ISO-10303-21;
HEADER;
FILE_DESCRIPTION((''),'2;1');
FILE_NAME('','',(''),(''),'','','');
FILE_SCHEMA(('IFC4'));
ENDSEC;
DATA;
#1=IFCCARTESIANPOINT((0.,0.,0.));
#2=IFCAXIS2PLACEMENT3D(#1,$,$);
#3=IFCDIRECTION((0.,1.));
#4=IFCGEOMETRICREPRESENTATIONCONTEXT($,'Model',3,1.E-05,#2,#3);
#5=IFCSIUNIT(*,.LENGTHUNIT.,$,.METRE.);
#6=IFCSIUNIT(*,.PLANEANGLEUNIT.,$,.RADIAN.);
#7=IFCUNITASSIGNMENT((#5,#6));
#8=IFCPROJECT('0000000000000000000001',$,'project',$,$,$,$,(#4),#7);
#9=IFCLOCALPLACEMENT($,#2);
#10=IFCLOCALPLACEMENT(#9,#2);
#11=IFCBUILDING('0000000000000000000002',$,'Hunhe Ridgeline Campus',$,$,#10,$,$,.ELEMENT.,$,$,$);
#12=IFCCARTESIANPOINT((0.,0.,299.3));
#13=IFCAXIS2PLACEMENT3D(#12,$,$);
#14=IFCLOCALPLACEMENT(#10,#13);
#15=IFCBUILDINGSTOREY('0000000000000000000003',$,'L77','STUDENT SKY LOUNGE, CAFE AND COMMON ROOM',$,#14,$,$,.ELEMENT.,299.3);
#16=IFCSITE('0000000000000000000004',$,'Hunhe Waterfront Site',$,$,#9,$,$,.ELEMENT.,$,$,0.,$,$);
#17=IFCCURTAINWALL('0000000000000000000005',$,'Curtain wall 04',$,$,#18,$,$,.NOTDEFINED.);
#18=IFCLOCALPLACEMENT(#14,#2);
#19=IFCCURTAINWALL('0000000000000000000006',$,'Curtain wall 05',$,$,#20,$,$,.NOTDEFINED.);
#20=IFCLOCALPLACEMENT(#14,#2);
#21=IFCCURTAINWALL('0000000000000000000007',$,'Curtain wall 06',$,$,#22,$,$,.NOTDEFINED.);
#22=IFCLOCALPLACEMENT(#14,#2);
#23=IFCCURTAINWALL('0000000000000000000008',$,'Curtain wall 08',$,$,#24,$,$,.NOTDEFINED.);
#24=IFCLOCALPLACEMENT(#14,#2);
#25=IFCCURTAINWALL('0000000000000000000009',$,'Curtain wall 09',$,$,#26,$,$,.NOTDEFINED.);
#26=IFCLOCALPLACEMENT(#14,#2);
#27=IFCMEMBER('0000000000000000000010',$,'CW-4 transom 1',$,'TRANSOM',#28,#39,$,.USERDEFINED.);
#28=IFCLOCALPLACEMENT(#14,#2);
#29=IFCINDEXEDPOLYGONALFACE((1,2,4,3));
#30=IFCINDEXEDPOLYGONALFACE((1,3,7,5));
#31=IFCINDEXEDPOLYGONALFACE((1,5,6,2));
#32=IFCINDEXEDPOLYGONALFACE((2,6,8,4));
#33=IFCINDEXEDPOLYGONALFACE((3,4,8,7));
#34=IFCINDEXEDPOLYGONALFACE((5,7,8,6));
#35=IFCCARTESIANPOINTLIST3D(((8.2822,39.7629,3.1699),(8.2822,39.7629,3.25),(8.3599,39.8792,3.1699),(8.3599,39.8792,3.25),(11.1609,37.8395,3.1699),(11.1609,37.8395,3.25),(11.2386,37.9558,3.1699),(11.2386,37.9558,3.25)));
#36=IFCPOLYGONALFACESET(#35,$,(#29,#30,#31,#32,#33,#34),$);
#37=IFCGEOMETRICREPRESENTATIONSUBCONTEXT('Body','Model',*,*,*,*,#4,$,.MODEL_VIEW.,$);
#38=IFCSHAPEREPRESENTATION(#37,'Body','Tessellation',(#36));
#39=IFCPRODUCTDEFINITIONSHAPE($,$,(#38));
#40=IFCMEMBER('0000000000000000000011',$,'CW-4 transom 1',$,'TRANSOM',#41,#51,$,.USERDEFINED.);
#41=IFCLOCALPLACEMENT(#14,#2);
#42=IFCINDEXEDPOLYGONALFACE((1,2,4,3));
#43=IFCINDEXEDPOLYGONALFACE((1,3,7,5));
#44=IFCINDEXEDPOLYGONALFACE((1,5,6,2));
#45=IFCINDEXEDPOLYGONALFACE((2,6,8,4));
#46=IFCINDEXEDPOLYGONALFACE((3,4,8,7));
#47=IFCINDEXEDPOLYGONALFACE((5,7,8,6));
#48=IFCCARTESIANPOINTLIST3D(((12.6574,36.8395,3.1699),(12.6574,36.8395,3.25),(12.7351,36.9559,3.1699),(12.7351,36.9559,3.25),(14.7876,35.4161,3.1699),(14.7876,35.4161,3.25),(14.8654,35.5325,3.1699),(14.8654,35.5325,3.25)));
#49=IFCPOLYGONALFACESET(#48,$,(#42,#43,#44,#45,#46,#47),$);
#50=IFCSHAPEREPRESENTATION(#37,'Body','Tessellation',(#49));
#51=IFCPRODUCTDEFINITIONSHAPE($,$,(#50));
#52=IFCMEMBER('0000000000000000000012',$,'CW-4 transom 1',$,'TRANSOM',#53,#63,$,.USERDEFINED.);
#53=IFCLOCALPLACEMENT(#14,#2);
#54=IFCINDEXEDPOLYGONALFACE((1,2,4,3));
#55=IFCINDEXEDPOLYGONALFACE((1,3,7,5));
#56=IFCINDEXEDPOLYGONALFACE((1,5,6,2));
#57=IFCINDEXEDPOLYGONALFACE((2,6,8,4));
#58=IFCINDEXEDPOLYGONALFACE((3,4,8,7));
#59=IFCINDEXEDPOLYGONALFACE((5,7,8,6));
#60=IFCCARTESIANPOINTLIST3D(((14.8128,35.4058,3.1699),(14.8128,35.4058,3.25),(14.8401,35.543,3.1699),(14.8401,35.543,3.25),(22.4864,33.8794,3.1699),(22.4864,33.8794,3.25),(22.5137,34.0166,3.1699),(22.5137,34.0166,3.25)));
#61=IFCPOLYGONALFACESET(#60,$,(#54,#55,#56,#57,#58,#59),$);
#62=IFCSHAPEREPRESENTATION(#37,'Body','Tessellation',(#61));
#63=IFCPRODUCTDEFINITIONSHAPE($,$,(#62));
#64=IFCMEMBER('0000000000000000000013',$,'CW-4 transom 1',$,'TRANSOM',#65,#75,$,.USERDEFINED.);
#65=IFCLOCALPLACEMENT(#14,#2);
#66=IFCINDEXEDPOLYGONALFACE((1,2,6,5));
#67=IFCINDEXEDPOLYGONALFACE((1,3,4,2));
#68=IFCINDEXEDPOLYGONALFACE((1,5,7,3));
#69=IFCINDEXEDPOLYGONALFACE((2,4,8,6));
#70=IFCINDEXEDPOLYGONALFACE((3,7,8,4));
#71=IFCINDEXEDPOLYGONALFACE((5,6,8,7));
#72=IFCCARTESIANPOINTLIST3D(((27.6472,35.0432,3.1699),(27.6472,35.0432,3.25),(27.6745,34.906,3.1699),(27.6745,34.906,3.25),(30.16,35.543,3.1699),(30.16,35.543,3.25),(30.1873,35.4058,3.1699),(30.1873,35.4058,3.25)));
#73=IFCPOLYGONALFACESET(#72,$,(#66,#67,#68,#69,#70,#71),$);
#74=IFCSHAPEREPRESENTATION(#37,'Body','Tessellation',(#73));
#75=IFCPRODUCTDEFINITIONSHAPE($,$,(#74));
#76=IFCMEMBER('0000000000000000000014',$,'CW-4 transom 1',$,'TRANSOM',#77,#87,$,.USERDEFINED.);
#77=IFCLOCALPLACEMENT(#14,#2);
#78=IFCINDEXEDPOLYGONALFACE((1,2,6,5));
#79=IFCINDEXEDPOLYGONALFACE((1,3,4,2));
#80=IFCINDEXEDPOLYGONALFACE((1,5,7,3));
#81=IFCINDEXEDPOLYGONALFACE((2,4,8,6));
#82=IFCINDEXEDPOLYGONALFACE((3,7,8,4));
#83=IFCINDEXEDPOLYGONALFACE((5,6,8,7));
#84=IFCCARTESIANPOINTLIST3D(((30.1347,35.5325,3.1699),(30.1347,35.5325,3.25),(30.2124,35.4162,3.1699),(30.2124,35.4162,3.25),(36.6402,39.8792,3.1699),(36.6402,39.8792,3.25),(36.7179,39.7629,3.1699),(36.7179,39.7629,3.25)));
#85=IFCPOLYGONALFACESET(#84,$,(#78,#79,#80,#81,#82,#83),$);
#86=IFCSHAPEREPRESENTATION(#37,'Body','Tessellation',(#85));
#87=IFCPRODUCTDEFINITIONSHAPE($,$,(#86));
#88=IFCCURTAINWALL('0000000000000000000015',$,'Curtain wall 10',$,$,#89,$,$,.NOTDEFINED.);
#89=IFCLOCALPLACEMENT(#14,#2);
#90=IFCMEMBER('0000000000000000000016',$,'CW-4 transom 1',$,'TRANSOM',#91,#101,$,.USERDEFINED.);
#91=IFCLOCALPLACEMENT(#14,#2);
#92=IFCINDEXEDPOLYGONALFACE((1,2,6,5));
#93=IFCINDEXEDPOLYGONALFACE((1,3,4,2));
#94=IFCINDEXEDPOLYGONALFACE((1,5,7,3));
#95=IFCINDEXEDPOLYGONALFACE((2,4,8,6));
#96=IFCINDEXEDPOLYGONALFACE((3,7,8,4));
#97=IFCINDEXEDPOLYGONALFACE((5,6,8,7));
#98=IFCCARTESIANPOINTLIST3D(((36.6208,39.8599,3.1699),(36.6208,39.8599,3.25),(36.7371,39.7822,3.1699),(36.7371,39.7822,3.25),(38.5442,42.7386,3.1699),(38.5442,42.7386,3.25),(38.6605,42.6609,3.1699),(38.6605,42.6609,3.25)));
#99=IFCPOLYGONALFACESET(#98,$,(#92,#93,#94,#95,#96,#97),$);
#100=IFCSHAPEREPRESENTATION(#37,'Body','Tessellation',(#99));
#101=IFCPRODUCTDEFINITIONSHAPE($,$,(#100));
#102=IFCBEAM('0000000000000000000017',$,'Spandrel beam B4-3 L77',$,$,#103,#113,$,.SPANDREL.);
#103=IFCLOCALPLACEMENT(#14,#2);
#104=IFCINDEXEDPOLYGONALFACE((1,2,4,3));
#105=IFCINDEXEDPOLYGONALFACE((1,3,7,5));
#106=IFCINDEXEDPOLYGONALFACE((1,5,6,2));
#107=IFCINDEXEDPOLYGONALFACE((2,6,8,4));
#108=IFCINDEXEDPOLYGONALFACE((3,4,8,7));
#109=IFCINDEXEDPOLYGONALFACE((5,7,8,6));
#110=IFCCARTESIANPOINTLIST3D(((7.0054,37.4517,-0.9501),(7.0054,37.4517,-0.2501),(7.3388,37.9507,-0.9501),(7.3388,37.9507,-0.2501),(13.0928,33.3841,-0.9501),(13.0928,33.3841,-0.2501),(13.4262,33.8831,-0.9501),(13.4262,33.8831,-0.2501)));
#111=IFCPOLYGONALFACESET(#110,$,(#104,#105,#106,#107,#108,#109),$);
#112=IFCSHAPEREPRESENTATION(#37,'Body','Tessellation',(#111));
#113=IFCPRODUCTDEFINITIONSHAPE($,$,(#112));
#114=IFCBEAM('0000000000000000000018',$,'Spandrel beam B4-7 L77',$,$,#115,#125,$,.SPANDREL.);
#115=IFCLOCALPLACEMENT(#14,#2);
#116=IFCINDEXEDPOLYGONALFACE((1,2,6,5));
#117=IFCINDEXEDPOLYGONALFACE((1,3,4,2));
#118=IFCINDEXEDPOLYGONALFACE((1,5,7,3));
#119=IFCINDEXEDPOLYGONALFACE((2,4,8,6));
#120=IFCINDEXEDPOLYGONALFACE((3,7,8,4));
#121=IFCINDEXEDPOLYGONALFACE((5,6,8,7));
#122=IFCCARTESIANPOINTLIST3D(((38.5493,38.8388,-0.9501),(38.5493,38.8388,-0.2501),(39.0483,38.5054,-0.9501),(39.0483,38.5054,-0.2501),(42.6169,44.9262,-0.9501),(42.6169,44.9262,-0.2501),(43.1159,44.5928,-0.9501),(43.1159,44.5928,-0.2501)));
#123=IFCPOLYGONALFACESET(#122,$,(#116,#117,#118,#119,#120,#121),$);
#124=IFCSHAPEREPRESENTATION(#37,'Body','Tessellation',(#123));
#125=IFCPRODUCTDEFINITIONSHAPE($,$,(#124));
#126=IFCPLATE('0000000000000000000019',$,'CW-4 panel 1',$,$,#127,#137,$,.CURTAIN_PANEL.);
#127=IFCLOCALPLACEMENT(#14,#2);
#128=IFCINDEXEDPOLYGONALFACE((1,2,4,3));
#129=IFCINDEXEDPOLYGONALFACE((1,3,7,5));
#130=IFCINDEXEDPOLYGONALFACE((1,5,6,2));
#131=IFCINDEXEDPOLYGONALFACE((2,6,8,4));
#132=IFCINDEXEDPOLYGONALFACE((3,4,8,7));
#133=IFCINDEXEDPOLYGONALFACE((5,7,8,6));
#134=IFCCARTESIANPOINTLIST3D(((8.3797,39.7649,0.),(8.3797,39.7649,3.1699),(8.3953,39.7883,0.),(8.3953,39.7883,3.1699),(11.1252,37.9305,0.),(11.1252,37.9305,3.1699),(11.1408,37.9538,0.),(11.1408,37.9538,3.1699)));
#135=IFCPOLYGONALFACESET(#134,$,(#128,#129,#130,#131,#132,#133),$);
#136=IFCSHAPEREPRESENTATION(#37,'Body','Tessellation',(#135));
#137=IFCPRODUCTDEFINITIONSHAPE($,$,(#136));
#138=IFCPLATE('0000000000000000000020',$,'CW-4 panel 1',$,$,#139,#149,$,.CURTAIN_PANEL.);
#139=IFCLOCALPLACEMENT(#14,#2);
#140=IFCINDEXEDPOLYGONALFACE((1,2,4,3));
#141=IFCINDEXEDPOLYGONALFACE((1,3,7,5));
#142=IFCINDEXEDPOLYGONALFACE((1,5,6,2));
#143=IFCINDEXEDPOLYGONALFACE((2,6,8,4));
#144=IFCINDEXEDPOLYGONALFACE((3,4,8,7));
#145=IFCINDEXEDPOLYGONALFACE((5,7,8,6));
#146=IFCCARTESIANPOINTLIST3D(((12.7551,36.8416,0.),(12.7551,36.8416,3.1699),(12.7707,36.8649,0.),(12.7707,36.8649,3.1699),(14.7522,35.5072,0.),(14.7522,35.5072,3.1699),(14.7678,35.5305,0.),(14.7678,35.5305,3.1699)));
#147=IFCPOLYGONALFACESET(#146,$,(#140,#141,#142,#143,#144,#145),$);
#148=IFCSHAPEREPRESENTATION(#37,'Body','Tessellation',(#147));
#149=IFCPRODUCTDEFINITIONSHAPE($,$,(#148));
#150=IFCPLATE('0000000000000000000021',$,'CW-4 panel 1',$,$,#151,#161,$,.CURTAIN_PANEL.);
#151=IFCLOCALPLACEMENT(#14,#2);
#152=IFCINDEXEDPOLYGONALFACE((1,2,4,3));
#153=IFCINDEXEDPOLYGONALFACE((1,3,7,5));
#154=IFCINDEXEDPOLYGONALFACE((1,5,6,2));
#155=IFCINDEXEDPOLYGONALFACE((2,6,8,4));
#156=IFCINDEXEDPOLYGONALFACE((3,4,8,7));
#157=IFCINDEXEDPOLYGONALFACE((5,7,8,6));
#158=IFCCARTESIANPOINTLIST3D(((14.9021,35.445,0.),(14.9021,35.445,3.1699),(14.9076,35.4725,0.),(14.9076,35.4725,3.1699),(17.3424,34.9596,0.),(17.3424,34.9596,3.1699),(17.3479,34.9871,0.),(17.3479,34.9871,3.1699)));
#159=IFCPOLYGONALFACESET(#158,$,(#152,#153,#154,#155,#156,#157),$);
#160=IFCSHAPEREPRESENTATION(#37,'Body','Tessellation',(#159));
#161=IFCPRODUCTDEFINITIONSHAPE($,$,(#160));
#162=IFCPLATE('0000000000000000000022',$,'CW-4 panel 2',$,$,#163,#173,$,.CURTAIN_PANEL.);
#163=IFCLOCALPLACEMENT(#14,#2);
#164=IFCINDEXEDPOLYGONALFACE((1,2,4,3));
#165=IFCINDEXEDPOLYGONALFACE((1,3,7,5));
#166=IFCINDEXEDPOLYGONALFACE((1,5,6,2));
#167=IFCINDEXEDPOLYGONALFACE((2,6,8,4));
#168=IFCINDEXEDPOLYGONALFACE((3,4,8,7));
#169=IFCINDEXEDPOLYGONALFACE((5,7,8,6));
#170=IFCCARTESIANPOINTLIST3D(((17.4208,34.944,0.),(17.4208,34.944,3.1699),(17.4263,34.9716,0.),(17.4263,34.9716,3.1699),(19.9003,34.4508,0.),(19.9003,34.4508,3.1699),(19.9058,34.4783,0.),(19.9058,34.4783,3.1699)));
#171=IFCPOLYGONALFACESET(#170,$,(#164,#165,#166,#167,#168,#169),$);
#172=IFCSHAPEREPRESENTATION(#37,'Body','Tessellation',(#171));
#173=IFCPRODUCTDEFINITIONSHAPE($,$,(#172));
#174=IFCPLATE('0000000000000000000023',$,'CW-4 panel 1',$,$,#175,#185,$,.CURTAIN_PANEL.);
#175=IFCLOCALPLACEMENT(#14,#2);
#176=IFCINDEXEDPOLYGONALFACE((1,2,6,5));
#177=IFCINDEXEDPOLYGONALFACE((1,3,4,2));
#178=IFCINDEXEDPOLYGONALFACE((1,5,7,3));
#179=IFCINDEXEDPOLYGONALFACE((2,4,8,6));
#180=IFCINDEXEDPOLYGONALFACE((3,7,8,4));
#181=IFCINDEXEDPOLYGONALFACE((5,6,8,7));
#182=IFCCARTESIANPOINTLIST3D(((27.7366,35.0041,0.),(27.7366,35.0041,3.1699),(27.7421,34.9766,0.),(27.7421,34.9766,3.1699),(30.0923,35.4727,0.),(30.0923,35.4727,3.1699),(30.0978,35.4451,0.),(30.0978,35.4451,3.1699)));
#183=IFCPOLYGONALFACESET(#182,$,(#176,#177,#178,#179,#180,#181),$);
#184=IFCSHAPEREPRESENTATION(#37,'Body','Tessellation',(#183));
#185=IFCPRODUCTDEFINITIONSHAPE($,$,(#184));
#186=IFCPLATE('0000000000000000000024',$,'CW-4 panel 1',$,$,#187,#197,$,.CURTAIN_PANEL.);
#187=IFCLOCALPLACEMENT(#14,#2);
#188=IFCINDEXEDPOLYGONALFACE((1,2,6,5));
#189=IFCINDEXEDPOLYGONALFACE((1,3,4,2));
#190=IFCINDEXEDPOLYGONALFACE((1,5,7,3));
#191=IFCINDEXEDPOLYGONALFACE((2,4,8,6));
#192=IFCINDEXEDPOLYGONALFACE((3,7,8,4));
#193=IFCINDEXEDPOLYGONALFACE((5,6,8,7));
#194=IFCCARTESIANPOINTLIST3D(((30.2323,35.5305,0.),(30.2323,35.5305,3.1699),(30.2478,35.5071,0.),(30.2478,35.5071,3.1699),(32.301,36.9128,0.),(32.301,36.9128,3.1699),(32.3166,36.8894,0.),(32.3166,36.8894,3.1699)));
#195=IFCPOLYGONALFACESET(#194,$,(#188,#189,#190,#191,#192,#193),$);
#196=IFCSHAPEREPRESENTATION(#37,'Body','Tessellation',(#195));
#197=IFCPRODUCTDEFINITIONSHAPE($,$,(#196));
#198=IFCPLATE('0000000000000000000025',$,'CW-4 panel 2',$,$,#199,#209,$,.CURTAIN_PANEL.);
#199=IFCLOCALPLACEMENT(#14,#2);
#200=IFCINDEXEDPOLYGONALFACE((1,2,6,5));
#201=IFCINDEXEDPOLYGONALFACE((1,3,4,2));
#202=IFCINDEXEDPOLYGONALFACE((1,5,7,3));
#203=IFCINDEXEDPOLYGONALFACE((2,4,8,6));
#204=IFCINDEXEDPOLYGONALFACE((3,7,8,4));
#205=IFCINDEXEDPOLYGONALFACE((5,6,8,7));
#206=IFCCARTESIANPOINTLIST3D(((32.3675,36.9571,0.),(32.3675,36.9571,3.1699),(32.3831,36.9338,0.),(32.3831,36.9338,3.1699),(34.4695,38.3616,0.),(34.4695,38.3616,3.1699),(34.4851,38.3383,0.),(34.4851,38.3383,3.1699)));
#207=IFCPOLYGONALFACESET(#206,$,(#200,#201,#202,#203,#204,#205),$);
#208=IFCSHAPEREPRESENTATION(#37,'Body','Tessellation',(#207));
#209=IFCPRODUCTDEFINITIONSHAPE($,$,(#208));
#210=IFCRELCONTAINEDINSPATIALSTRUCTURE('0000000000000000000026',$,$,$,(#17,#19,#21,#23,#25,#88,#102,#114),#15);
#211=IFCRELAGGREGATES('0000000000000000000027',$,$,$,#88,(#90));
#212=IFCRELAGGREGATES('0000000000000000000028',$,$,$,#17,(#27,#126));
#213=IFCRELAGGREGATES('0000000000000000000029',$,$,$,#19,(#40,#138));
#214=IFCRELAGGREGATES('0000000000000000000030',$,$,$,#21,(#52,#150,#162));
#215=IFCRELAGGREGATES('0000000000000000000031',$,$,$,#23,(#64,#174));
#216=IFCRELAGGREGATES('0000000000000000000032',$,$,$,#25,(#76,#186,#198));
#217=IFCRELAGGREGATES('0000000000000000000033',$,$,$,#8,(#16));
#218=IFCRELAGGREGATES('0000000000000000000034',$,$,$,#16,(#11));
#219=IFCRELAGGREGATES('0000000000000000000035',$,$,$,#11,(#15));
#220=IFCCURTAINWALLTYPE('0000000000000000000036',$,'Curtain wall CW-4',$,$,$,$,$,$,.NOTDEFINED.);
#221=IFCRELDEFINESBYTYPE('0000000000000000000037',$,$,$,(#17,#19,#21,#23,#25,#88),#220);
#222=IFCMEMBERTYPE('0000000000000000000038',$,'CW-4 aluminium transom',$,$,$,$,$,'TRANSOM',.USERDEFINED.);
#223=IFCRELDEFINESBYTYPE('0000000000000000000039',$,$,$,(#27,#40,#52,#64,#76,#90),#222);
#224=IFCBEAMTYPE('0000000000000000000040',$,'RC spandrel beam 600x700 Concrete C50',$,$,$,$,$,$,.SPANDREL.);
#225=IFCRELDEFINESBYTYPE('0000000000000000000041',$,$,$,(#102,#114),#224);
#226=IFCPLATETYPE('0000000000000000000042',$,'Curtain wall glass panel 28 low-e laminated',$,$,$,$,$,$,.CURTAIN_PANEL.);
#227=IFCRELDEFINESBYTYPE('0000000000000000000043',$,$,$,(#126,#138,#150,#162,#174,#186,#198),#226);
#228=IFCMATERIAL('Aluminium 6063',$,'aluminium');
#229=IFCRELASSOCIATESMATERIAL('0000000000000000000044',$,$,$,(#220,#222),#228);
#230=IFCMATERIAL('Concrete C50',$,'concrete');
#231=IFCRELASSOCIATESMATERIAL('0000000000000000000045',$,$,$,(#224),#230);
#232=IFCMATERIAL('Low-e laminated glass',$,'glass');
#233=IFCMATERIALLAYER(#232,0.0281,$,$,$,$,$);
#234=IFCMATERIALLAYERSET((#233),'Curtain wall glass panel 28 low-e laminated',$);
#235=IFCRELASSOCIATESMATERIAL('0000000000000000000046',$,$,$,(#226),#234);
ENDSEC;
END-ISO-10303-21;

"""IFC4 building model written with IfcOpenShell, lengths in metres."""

from ifc_helpers import new_model, si_unit, direction, frame, origin, origin_2d, place, context, subcontext, project, spatial, rectangle, extrude, material, layer, layer_set, material_profile, profile_set, type_object, element, aggregate, save


model = new_model("IFC4")

# Units and contexts
model_context = context("Model", 3, precision=1e-05, world=origin(), true_north=direction((0.0, 1.0)))
body_context = subcontext(model_context, "Body", "Model", "MODEL_VIEW")
ifc_project = project(units=[si_unit("LENGTHUNIT", "METRE"), si_unit("PLANEANGLEUNIT", "RADIAN")], contexts=[model_context])

# Site, building, storey
site_placement = place(None, origin())
site = spatial("IfcSite", under=ifc_project, at=site_placement, Name="Hunhe Waterfront Site", CompositionType="ELEMENT", RefElevation=0.0)
building_placement = place(site_placement, origin())
building = spatial("IfcBuilding", under=site, at=building_placement, Name="Hunhe Ridgeline Campus", CompositionType="ELEMENT")
storey_placement = place(building_placement, frame((0.0, 0.0, 299.3)))
storey = spatial("IfcBuildingStorey", under=building, at=storey_placement, Name="L77", Description="STUDENT SKY LOUNGE, CAFE AND COMMON ROOM", CompositionType="ELEMENT", Elevation=299.3)

# Shared definitions
ifc_material_1 = material(Name="Concrete C50", Category="concrete")

# Curtain walls
ifc_material_2 = material(Name="Aluminium 6063", Category="aluminium")
curtain_wall_type = type_object("IfcCurtainWallType", Name="Curtain wall CW-4", PredefinedType="NOTDEFINED", material=ifc_material_2)
curtain_wall_1_placement = place(storey_placement, origin())
curtain_wall_1 = element("IfcCurtainWall", 1, at=curtain_wall_1_placement, inside=storey, type_object=curtain_wall_type, Name="Curtain wall 04", PredefinedType="NOTDEFINED")
curtain_wall_2_placement = place(storey_placement, origin())
curtain_wall_2 = element("IfcCurtainWall", 2, at=curtain_wall_2_placement, inside=storey, type_object=curtain_wall_type, Name="Curtain wall 05", PredefinedType="NOTDEFINED")
curtain_wall_3_placement = place(storey_placement, origin())
curtain_wall_3 = element("IfcCurtainWall", 3, at=curtain_wall_3_placement, inside=storey, type_object=curtain_wall_type, Name="Curtain wall 06", PredefinedType="NOTDEFINED")
curtain_wall_4_placement = place(storey_placement, origin())
curtain_wall_4 = element("IfcCurtainWall", 4, at=curtain_wall_4_placement, inside=storey, type_object=curtain_wall_type, Name="Curtain wall 08", PredefinedType="NOTDEFINED")
curtain_wall_5_placement = place(storey_placement, origin())
curtain_wall_5 = element("IfcCurtainWall", 5, at=curtain_wall_5_placement, inside=storey, type_object=curtain_wall_type, Name="Curtain wall 09", PredefinedType="NOTDEFINED")

# Members
ifc_material_profile_1 = material_profile(ifc_material_2, rectangle(XDim=0.1399, YDim=0.0801, at=origin_2d()))
ifc_profile_set_1 = profile_set([ifc_material_profile_1], Name="Aluminium 6063")
member_type_1 = type_object("IfcMemberType", Name="CW-4 aluminium transom", ElementType="TRANSOM", PredefinedType="USERDEFINED", material=ifc_profile_set_1)
member_1_placement = place(storey_placement, frame((8.321, 39.821, 3.21), z_axis=(0.831486, -0.555546, 0.0), x_axis=(0.555546, 0.831486, 0.0)))
member_1 = element("IfcMember", 6, at=member_1_placement, type_object=member_type_1, Name="CW-4 transom 1", ObjectType="TRANSOM", PredefinedType="USERDEFINED", context=body_context, shape_type="SweptSolid", body=[
    extrude(rectangle(XDim=0.1399, YDim=0.0801, at=origin_2d()), origin(), (0.0, 0.0, 1.0), 3.4622),
])
member_2_placement = place(storey_placement, frame((12.6963, 36.8977, 3.21), z_axis=(0.831463, -0.55558, 0.0), x_axis=(0.55558, 0.831463, 0.0)))
member_2 = element("IfcMember", 7, at=member_2_placement, type_object=member_type_1, Name="CW-4 transom 1", ObjectType="TRANSOM", PredefinedType="USERDEFINED", context=body_context, shape_type="SweptSolid", body=[
    extrude(rectangle(XDim=0.1399, YDim=0.0801, at=origin_2d()), origin(), (0.0, 0.0, 1.0), 2.562),
])
member_3_placement = place(storey_placement, frame((14.8264, 35.4744, 3.21), z_axis=(0.980785, -0.19509, 0.0), x_axis=(0.19509, 0.980785, 0.0)))
member_3 = element("IfcMember", 8, at=member_3_placement, type_object=member_type_1, Name="CW-4 transom 1", ObjectType="TRANSOM", PredefinedType="USERDEFINED", context=body_context, shape_type="SweptSolid", body=[
    extrude(rectangle(XDim=0.1399, YDim=0.0801, at=origin_2d()), origin(), (0.0, 0.0, 1.0), 7.824),
])
member_4_placement = place(storey_placement, frame((27.6609, 34.9746, 3.21), z_axis=(0.980789, 0.195071, 0.0), x_axis=(-0.195071, 0.980789, 0.0)))
member_4 = element("IfcMember", 9, at=member_4_placement, type_object=member_type_1, Name="CW-4 transom 1", ObjectType="TRANSOM", PredefinedType="USERDEFINED", context=body_context, shape_type="SweptSolid", body=[
    extrude(rectangle(XDim=0.1399, YDim=0.0801, at=origin_2d()), origin(), (0.0, 0.0, 1.0), 2.562),
])
member_5_placement = place(storey_placement, frame((30.1736, 35.4744, 3.21), z_axis=(0.831474, 0.555564, 0.0), x_axis=(-0.555564, 0.831474, 0.0)))
member_5 = element("IfcMember", 10, at=member_5_placement, type_object=member_type_1, Name="CW-4 transom 1", ObjectType="TRANSOM", PredefinedType="USERDEFINED", context=body_context, shape_type="SweptSolid", body=[
    extrude(rectangle(XDim=0.1399, YDim=0.0801, at=origin_2d()), origin(), (0.0, 0.0, 1.0), 7.824),
])

# Curtain wall, member
curtain_wall_6_placement = place(storey_placement, origin())
curtain_wall_6 = element("IfcCurtainWall", 11, at=curtain_wall_6_placement, inside=storey, type_object=curtain_wall_type, Name="Curtain wall 10", PredefinedType="NOTDEFINED")
member_6_placement = place(storey_placement, frame((36.679, 39.821, 3.21), z_axis=(0.555546, 0.831486, 0.0), x_axis=(-0.831486, 0.555546, 0.0)))
member_6 = element("IfcMember", 12, at=member_6_placement, type_object=member_type_1, Name="CW-4 transom 1", ObjectType="TRANSOM", PredefinedType="USERDEFINED", context=body_context, shape_type="SweptSolid", body=[
    extrude(rectangle(XDim=0.1399, YDim=0.0801, at=origin_2d()), origin(), (0.0, 0.0, 1.0), 3.4622),
])
aggregate(curtain_wall_6, [member_6])

# Beams
ifc_material_profile_2 = material_profile(ifc_material_1, rectangle(XDim=0.6001, YDim=0.7, at=origin_2d()))
ifc_profile_set_2 = profile_set([ifc_material_profile_2], Name="Concrete C50")
beam_type = type_object("IfcBeamType", Name="RC spandrel beam 600x700 Concrete C50", PredefinedType="SPANDREL", material=ifc_profile_set_2)
for number, where, z_axis, x_axis, name in (
    (13, (7.1721, 37.7012, -0.6001), (0.83146, -0.555585, 0.0), (0.555585, 0.83146, 0.0), "Spandrel beam B4-3 L77"),
    (14, (38.7988, 38.6721, -0.6001), (0.555585, 0.83146, 0.0), (-0.83146, 0.555585, 0.0), "Spandrel beam B4-7 L77"),
):
    element("IfcBeam", number, at=place(storey_placement, frame(where, z_axis=z_axis, x_axis=x_axis)), inside=storey, type_object=beam_type, Name=name, PredefinedType="SPANDREL", context=body_context, shape_type="SweptSolid", body=[
        extrude(rectangle(XDim=0.6001, YDim=0.7, at=origin_2d()), origin(), (0.0, 0.0, 1.0), 7.3213),
    ])

# Plates
ifc_material_3 = material(Name="Low-e laminated glass", Category="glass")
ifc_layer_1 = layer(ifc_material_3, 0.0281)
ifc_layer_set_1 = layer_set([ifc_layer_1], Name="Curtain wall glass panel 28 low-e laminated")
plate_type = type_object("IfcPlateType", Name="Curtain wall glass panel 28 low-e laminated", PredefinedType="CURTAIN_PANEL", material=ifc_layer_set_1)
plate_1_placement = place(storey_placement, frame((9.7603, 38.8594, 0.0), z_axis=(0.0, 0.0, 1.0), x_axis=(0.83147, -0.55557, 0.0)))
plate_1 = element("IfcPlate", 15, at=plate_1_placement, type_object=plate_type, Name="CW-4 panel 1", PredefinedType="CURTAIN_PANEL", context=body_context, shape_type="SweptSolid", body=[
    extrude(rectangle(XDim=3.302, YDim=0.0281, at=origin_2d()), origin(), (0.0, 0.0, 1.0), 3.1699),
])
aggregate(curtain_wall_1, [member_1, plate_1])
plate_2_placement = place(storey_placement, frame((13.7615, 36.186, 0.0), z_axis=(0.0, 0.0, 1.0), x_axis=(0.83147, -0.55557, 0.0)))
plate_2 = element("IfcPlate", 16, at=plate_2_placement, type_object=plate_type, Name="CW-4 panel 1", PredefinedType="CURTAIN_PANEL", context=body_context, shape_type="SweptSolid", body=[
    extrude(rectangle(XDim=2.4019, YDim=0.0281, at=origin_2d()), origin(), (0.0, 0.0, 1.0), 3.1699),
])
aggregate(curtain_wall_2, [member_2, plate_2])
plate_3_placement = place(storey_placement, frame((16.125, 35.2161, 0.0), z_axis=(0.0, 0.0, 1.0), x_axis=(0.980785, -0.19509, 0.0)))
plate_3 = element("IfcPlate", 17, at=plate_3_placement, type_object=plate_type, Name="CW-4 panel 1", PredefinedType="CURTAIN_PANEL", context=body_context, shape_type="SweptSolid", body=[
    extrude(rectangle(XDim=2.488, YDim=0.0281, at=origin_2d()), origin(), (0.0, 0.0, 1.0), 3.1699),
])
plate_4_placement = place(storey_placement, frame((18.6633, 34.7112, 0.0), z_axis=(0.0, 0.0, 1.0), x_axis=(0.980785, -0.19509, 0.0)))
plate_4 = element("IfcPlate", 18, at=plate_4_placement, type_object=plate_type, Name="CW-4 panel 2", PredefinedType="CURTAIN_PANEL", context=body_context, shape_type="SweptSolid", body=[
    extrude(rectangle(XDim=2.5281, YDim=0.0281, at=origin_2d()), origin(), (0.0, 0.0, 1.0), 3.1699),
])
aggregate(curtain_wall_3, [member_3, plate_3, plate_4])
plate_5_placement = place(storey_placement, frame((28.9172, 35.2246, 0.0), z_axis=(0.0, 0.0, 1.0), x_axis=(0.980785, 0.195091, 0.0)))
plate_5 = element("IfcPlate", 19, at=plate_5_placement, type_object=plate_type, Name="CW-4 panel 1", PredefinedType="CURTAIN_PANEL", context=body_context, shape_type="SweptSolid", body=[
    extrude(rectangle(XDim=2.4019, YDim=0.0281, at=origin_2d()), origin(), (0.0, 0.0, 1.0), 3.1699),
])
aggregate(curtain_wall_4, [member_4, plate_5])
plate_6_placement = place(storey_placement, frame((31.2744, 36.21, 0.0), z_axis=(0.0, 0.0, 1.0), x_axis=(0.83147, 0.55557, 0.0)))
plate_6 = element("IfcPlate", 20, at=plate_6_placement, type_object=plate_type, Name="CW-4 panel 1", PredefinedType="CURTAIN_PANEL", context=body_context, shape_type="SweptSolid", body=[
    extrude(rectangle(XDim=2.488, YDim=0.0281, at=origin_2d()), origin(), (0.0, 0.0, 1.0), 3.1699),
])
plate_7_placement = place(storey_placement, frame((33.4263, 37.6477, 0.0), z_axis=(0.0, 0.0, 1.0), x_axis=(0.83147, 0.55557, 0.0)))
plate_7 = element("IfcPlate", 21, at=plate_7_placement, type_object=plate_type, Name="CW-4 panel 2", PredefinedType="CURTAIN_PANEL", context=body_context, shape_type="SweptSolid", body=[
    extrude(rectangle(XDim=2.5281, YDim=0.0281, at=origin_2d()), origin(), (0.0, 0.0, 1.0), 3.1699),
])
aggregate(curtain_wall_5, [member_5, plate_6, plate_7])

save(model, "model.ifc")
